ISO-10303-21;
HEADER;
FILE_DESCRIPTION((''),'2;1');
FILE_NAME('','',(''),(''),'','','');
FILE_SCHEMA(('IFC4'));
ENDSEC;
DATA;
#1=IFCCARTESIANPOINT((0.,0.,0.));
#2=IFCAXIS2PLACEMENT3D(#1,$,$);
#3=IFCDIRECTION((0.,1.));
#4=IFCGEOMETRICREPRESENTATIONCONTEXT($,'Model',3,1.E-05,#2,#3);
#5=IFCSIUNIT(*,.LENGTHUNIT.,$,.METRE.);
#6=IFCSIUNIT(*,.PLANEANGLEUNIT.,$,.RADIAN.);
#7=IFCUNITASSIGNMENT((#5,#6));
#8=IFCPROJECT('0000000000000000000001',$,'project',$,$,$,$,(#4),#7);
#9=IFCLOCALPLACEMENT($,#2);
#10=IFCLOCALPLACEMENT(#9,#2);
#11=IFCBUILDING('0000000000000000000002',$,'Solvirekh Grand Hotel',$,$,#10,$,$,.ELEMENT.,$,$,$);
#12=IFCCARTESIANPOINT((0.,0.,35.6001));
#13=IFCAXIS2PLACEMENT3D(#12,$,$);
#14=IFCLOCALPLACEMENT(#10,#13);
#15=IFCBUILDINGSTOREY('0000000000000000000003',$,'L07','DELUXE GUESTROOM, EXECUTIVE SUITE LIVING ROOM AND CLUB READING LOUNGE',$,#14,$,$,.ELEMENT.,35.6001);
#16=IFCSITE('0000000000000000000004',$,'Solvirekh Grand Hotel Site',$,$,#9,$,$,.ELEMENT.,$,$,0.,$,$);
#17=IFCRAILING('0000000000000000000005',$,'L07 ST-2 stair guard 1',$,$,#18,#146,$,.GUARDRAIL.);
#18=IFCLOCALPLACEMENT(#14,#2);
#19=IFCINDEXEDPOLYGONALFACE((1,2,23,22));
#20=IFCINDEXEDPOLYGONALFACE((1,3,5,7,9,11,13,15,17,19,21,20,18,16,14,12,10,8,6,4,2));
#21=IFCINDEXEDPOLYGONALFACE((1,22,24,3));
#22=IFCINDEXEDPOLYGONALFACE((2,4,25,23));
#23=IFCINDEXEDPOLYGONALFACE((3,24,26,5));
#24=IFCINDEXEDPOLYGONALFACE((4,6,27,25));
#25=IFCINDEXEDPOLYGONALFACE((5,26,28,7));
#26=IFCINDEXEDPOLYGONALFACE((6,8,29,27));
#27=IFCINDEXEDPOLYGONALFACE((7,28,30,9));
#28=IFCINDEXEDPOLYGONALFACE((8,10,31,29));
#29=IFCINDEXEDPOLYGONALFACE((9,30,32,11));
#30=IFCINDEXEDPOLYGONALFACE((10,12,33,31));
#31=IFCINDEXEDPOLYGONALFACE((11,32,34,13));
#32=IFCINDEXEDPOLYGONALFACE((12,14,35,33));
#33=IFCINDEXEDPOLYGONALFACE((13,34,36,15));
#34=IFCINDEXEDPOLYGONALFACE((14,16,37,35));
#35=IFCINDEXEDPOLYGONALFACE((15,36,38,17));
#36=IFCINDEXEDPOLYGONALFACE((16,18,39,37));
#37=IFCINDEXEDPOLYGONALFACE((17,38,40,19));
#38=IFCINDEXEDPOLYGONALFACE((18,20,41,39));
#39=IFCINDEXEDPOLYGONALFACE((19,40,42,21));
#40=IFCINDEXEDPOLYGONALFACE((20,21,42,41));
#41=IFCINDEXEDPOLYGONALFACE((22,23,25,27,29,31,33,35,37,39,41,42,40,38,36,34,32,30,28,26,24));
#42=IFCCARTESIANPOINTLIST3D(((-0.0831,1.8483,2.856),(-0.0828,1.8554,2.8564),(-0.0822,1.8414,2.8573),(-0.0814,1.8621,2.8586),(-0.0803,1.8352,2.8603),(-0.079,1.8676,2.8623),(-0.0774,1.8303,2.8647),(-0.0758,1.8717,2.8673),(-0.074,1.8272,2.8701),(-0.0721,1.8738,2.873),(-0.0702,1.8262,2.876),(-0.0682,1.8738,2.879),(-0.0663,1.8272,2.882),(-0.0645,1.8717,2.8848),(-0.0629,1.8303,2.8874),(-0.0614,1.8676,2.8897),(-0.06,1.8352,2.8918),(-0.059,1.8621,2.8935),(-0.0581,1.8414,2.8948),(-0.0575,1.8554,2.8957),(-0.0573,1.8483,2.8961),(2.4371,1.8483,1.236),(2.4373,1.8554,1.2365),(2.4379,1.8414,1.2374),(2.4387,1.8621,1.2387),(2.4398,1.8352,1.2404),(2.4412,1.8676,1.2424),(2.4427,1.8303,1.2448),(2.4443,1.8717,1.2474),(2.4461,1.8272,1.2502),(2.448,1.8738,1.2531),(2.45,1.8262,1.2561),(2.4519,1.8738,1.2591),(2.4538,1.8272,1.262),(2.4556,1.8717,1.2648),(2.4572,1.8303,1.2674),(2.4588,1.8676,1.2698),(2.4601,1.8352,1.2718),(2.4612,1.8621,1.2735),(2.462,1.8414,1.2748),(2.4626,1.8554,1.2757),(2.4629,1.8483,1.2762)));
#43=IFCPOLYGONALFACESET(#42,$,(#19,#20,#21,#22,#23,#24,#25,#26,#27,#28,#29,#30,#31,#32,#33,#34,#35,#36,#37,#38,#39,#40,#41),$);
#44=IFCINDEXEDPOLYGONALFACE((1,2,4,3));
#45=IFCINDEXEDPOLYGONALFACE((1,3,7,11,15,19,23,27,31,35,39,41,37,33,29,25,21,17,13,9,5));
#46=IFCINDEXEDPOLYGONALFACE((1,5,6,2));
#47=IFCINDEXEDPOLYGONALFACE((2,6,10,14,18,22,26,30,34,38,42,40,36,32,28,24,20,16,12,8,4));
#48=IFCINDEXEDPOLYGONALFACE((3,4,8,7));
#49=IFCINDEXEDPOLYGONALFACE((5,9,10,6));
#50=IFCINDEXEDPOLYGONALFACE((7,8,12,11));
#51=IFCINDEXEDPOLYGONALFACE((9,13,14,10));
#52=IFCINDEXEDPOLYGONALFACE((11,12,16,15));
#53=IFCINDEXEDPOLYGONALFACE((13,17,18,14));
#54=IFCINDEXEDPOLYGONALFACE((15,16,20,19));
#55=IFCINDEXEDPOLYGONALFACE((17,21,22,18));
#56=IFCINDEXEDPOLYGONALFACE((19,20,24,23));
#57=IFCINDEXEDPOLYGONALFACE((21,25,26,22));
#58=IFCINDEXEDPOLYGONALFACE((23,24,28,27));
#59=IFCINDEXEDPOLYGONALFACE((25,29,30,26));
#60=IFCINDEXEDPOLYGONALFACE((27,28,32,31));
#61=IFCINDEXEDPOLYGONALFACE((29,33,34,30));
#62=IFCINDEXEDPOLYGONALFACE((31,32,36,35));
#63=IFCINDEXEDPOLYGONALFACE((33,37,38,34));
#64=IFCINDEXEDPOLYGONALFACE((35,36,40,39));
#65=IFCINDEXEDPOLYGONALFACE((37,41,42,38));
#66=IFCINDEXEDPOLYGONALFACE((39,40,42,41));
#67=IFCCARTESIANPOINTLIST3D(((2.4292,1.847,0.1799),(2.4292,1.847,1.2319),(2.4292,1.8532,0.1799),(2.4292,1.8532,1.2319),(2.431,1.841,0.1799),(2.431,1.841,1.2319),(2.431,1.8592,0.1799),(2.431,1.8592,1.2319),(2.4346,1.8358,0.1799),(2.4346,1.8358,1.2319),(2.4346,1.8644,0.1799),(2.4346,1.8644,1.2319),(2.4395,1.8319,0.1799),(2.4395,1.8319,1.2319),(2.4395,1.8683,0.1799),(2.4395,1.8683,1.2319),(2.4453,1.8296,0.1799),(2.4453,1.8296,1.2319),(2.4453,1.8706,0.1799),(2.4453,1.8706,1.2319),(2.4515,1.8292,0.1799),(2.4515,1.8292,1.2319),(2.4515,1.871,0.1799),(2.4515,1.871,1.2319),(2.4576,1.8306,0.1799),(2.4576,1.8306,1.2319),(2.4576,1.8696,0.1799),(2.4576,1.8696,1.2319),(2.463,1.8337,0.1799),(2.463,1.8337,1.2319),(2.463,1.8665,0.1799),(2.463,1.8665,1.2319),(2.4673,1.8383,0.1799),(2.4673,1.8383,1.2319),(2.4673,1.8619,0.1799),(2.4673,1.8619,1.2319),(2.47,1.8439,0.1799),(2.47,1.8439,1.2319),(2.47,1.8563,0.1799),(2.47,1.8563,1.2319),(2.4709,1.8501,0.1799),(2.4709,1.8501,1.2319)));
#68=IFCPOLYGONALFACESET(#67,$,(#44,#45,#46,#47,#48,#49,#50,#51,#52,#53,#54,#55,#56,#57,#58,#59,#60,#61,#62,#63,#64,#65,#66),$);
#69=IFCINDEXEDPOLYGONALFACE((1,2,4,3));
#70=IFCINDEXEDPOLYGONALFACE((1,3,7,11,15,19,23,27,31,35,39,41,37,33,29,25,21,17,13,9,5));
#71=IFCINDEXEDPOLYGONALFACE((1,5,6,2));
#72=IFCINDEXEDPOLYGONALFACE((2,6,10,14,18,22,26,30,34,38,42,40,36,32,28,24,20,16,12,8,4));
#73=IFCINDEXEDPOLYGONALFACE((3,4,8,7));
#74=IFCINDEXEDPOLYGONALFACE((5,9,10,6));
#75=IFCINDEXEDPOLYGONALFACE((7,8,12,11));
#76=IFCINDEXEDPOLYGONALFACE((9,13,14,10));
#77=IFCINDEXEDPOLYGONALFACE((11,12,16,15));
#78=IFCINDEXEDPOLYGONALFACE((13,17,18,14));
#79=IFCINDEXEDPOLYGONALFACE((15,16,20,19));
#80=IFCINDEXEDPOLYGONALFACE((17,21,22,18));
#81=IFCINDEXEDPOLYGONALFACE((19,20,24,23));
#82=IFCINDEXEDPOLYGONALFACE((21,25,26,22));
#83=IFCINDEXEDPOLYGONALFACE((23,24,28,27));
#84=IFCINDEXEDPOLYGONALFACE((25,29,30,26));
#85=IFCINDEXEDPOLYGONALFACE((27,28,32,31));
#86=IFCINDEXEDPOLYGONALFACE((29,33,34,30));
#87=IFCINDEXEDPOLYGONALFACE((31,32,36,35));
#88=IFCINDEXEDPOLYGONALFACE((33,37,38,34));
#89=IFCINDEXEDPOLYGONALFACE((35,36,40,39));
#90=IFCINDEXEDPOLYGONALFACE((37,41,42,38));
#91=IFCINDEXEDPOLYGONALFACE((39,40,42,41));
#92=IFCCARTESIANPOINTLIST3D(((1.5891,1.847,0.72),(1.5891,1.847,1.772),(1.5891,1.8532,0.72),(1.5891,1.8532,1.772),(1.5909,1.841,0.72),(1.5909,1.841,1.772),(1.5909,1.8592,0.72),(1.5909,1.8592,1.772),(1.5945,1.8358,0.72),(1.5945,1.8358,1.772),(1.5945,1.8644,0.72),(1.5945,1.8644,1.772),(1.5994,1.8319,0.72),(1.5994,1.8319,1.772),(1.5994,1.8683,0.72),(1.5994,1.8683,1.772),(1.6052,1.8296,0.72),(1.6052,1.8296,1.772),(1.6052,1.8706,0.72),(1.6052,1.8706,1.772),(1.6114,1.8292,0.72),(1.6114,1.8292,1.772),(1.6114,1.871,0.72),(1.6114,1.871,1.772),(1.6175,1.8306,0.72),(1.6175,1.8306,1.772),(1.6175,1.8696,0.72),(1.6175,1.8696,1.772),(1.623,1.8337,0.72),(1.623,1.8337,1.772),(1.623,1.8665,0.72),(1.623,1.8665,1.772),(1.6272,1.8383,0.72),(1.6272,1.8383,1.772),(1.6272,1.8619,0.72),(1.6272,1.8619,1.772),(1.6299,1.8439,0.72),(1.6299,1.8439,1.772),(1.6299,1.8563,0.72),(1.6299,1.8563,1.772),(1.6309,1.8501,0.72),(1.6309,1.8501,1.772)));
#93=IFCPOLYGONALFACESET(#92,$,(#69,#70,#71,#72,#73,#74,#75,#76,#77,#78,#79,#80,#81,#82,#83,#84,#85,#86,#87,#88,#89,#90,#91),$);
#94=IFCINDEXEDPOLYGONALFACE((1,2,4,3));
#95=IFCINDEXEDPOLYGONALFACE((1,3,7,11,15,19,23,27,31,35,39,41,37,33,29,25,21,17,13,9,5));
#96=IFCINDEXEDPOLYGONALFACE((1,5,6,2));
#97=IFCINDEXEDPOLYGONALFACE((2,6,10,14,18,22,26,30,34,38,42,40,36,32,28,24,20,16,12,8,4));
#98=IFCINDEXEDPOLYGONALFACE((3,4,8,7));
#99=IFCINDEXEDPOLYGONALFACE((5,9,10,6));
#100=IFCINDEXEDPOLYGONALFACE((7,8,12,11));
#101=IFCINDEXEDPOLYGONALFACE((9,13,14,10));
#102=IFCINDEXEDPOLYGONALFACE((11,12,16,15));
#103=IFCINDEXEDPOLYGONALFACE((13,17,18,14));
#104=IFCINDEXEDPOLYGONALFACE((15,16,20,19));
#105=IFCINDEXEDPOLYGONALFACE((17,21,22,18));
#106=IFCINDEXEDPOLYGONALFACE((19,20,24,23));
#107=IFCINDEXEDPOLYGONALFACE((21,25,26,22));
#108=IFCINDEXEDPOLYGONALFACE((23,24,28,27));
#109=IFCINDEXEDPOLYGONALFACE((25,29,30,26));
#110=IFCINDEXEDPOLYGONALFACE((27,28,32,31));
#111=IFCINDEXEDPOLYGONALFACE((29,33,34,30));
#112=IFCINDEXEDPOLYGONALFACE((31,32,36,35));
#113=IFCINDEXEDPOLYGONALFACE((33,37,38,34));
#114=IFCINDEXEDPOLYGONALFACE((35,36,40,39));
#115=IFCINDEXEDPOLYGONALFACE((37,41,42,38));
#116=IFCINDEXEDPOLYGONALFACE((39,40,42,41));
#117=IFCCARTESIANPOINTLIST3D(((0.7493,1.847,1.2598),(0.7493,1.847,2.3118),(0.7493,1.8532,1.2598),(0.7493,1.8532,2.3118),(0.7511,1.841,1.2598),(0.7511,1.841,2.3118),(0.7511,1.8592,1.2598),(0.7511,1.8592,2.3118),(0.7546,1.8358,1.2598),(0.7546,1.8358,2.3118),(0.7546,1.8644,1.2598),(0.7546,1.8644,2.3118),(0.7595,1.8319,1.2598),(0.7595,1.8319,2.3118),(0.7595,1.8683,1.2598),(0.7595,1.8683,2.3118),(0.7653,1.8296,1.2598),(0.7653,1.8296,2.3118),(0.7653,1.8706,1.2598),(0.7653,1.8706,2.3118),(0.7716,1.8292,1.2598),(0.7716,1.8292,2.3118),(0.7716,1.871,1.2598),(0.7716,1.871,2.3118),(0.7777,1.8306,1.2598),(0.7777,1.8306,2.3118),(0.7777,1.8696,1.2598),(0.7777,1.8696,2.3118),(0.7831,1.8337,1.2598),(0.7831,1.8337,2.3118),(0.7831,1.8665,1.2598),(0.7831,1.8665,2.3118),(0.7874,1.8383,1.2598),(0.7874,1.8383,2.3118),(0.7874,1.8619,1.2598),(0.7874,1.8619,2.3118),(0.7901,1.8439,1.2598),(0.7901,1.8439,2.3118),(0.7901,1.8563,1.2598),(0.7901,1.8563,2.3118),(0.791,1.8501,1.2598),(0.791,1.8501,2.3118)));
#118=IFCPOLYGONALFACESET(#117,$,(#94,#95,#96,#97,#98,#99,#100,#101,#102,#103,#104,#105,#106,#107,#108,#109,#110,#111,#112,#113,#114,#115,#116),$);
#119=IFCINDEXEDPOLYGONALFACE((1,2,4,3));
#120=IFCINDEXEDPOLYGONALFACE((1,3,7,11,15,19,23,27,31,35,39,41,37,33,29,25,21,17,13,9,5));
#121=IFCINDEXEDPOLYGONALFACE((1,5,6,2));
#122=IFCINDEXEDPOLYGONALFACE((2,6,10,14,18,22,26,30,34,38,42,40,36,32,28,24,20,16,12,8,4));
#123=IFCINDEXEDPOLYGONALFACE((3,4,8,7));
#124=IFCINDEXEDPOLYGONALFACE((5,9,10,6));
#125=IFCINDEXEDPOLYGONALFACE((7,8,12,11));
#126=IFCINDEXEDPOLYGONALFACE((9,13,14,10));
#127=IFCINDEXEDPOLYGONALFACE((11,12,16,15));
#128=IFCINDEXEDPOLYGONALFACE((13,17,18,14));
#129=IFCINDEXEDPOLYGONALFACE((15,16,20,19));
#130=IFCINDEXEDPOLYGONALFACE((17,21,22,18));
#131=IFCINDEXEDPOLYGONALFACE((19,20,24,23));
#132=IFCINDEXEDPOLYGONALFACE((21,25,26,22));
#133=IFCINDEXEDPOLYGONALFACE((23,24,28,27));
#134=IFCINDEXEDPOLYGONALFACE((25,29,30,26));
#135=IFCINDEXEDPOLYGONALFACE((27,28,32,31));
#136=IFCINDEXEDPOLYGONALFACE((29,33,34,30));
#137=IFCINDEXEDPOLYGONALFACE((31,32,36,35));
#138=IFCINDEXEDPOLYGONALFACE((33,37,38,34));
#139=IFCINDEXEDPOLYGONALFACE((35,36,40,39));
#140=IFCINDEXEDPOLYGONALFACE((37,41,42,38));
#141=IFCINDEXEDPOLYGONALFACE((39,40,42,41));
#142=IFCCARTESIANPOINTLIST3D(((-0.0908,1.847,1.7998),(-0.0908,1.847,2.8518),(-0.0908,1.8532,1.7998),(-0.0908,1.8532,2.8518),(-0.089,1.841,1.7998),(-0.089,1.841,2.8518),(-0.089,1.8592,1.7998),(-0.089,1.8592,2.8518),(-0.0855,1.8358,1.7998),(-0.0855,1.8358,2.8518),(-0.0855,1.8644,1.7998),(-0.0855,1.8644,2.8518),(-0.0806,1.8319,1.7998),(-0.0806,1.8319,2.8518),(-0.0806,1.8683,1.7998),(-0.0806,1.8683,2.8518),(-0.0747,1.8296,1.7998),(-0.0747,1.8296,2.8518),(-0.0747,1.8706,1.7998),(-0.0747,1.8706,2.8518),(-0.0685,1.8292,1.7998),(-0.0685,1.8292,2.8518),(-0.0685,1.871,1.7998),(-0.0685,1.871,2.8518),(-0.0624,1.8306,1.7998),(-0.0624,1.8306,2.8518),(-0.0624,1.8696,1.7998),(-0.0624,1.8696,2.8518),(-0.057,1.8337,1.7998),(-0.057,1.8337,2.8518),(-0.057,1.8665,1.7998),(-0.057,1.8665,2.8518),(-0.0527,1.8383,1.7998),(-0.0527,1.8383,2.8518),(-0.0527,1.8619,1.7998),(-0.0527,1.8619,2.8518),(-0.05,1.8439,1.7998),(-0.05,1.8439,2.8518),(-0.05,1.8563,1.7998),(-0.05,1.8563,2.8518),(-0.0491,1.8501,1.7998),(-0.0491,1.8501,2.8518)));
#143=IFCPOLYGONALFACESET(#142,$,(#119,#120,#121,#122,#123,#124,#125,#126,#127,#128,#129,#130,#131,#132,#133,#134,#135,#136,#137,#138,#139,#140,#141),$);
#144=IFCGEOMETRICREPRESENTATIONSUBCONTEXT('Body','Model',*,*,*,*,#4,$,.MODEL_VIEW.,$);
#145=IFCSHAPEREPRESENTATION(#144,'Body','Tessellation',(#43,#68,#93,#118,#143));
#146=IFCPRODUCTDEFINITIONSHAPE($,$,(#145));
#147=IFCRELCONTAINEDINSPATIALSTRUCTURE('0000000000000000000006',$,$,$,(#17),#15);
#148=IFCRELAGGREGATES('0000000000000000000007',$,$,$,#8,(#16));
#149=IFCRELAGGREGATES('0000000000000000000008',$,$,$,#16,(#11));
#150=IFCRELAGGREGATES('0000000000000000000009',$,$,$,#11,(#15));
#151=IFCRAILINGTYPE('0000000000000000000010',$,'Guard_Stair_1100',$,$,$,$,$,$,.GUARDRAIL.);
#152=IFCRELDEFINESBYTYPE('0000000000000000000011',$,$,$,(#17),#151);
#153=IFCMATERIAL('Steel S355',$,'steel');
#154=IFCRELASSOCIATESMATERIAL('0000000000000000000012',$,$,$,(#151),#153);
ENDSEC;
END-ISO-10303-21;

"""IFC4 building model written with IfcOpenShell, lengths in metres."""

from ifc_helpers import new_model, si_unit, direction, frame, origin, origin_2d, place, context, subcontext, project, spatial, circle, extrude, material, type_object, element, save


model = new_model("IFC4")

# Units and contexts
model_context = context("Model", 3, precision=1e-05, world=origin(), true_north=direction((0.0, 1.0)))
body_context = subcontext(model_context, "Body", "Model", "MODEL_VIEW")
ifc_project = project(units=[si_unit("LENGTHUNIT", "METRE"), si_unit("PLANEANGLEUNIT", "RADIAN")], contexts=[model_context])

# Site, building, storey
site_placement = place(None, origin())
site = spatial("IfcSite", under=ifc_project, at=site_placement, Name="Solvirekh Grand Hotel Site", CompositionType="ELEMENT", RefElevation=0.0)
building_placement = place(site_placement, origin())
building = spatial("IfcBuilding", under=site, at=building_placement, Name="Solvirekh Grand Hotel", CompositionType="ELEMENT")
storey_placement = place(building_placement, frame((0.0, 0.0, 35.6001)))
storey = spatial("IfcBuildingStorey", under=building, at=storey_placement, Name="L07", Description="DELUXE GUESTROOM, EXECUTIVE SUITE LIVING ROOM AND CLUB READING LOUNGE", CompositionType="ELEMENT", Elevation=35.6001)

# Shared definitions
ifc_material_1 = material(Name="Steel S355", Category="steel")

# Railing
railing_type_1 = type_object("IfcRailingType", Name="Guard_Stair_1100", PredefinedType="GUARDRAIL", material=ifc_material_1)
railing_1_placement = place(storey_placement, frame((2.45, 1.8501, 0.1799)))
element("IfcRailing", 1, at=railing_1_placement, inside=storey, type_object=railing_type_1, Name="L07 ST-2 stair guard 1", PredefinedType="GUARDRAIL", context=body_context, shape_type="SweptSolid", body=[
    extrude(circle(Radius=0.0239, at=origin_2d()), frame((0.0, 0.0, 1.0762), z_axis=(-0.8412, 0.0, 0.540725), x_axis=(0.0, -1.0, 0.0)), (0.0, 0.0, 1.0), 2.9958),
    extrude(circle(Radius=0.021, at=origin_2d()), origin(), (0.0, 0.0, 1.0), 1.052),
    extrude(circle(Radius=0.021, at=origin_2d()), frame((-0.8401, 0.0, 0.54)), (0.0, 0.0, 1.0), 1.052),
    extrude(circle(Radius=0.021, at=origin_2d()), frame((-1.6799, 0.0, 1.0798)), (0.0, 0.0, 1.0), 1.052),
    extrude(circle(Radius=0.021, at=origin_2d()), frame((-2.52, 0.0, 1.6199)), (0.0, 0.0, 1.0), 1.052),
])

save(model, "model.ifc")
